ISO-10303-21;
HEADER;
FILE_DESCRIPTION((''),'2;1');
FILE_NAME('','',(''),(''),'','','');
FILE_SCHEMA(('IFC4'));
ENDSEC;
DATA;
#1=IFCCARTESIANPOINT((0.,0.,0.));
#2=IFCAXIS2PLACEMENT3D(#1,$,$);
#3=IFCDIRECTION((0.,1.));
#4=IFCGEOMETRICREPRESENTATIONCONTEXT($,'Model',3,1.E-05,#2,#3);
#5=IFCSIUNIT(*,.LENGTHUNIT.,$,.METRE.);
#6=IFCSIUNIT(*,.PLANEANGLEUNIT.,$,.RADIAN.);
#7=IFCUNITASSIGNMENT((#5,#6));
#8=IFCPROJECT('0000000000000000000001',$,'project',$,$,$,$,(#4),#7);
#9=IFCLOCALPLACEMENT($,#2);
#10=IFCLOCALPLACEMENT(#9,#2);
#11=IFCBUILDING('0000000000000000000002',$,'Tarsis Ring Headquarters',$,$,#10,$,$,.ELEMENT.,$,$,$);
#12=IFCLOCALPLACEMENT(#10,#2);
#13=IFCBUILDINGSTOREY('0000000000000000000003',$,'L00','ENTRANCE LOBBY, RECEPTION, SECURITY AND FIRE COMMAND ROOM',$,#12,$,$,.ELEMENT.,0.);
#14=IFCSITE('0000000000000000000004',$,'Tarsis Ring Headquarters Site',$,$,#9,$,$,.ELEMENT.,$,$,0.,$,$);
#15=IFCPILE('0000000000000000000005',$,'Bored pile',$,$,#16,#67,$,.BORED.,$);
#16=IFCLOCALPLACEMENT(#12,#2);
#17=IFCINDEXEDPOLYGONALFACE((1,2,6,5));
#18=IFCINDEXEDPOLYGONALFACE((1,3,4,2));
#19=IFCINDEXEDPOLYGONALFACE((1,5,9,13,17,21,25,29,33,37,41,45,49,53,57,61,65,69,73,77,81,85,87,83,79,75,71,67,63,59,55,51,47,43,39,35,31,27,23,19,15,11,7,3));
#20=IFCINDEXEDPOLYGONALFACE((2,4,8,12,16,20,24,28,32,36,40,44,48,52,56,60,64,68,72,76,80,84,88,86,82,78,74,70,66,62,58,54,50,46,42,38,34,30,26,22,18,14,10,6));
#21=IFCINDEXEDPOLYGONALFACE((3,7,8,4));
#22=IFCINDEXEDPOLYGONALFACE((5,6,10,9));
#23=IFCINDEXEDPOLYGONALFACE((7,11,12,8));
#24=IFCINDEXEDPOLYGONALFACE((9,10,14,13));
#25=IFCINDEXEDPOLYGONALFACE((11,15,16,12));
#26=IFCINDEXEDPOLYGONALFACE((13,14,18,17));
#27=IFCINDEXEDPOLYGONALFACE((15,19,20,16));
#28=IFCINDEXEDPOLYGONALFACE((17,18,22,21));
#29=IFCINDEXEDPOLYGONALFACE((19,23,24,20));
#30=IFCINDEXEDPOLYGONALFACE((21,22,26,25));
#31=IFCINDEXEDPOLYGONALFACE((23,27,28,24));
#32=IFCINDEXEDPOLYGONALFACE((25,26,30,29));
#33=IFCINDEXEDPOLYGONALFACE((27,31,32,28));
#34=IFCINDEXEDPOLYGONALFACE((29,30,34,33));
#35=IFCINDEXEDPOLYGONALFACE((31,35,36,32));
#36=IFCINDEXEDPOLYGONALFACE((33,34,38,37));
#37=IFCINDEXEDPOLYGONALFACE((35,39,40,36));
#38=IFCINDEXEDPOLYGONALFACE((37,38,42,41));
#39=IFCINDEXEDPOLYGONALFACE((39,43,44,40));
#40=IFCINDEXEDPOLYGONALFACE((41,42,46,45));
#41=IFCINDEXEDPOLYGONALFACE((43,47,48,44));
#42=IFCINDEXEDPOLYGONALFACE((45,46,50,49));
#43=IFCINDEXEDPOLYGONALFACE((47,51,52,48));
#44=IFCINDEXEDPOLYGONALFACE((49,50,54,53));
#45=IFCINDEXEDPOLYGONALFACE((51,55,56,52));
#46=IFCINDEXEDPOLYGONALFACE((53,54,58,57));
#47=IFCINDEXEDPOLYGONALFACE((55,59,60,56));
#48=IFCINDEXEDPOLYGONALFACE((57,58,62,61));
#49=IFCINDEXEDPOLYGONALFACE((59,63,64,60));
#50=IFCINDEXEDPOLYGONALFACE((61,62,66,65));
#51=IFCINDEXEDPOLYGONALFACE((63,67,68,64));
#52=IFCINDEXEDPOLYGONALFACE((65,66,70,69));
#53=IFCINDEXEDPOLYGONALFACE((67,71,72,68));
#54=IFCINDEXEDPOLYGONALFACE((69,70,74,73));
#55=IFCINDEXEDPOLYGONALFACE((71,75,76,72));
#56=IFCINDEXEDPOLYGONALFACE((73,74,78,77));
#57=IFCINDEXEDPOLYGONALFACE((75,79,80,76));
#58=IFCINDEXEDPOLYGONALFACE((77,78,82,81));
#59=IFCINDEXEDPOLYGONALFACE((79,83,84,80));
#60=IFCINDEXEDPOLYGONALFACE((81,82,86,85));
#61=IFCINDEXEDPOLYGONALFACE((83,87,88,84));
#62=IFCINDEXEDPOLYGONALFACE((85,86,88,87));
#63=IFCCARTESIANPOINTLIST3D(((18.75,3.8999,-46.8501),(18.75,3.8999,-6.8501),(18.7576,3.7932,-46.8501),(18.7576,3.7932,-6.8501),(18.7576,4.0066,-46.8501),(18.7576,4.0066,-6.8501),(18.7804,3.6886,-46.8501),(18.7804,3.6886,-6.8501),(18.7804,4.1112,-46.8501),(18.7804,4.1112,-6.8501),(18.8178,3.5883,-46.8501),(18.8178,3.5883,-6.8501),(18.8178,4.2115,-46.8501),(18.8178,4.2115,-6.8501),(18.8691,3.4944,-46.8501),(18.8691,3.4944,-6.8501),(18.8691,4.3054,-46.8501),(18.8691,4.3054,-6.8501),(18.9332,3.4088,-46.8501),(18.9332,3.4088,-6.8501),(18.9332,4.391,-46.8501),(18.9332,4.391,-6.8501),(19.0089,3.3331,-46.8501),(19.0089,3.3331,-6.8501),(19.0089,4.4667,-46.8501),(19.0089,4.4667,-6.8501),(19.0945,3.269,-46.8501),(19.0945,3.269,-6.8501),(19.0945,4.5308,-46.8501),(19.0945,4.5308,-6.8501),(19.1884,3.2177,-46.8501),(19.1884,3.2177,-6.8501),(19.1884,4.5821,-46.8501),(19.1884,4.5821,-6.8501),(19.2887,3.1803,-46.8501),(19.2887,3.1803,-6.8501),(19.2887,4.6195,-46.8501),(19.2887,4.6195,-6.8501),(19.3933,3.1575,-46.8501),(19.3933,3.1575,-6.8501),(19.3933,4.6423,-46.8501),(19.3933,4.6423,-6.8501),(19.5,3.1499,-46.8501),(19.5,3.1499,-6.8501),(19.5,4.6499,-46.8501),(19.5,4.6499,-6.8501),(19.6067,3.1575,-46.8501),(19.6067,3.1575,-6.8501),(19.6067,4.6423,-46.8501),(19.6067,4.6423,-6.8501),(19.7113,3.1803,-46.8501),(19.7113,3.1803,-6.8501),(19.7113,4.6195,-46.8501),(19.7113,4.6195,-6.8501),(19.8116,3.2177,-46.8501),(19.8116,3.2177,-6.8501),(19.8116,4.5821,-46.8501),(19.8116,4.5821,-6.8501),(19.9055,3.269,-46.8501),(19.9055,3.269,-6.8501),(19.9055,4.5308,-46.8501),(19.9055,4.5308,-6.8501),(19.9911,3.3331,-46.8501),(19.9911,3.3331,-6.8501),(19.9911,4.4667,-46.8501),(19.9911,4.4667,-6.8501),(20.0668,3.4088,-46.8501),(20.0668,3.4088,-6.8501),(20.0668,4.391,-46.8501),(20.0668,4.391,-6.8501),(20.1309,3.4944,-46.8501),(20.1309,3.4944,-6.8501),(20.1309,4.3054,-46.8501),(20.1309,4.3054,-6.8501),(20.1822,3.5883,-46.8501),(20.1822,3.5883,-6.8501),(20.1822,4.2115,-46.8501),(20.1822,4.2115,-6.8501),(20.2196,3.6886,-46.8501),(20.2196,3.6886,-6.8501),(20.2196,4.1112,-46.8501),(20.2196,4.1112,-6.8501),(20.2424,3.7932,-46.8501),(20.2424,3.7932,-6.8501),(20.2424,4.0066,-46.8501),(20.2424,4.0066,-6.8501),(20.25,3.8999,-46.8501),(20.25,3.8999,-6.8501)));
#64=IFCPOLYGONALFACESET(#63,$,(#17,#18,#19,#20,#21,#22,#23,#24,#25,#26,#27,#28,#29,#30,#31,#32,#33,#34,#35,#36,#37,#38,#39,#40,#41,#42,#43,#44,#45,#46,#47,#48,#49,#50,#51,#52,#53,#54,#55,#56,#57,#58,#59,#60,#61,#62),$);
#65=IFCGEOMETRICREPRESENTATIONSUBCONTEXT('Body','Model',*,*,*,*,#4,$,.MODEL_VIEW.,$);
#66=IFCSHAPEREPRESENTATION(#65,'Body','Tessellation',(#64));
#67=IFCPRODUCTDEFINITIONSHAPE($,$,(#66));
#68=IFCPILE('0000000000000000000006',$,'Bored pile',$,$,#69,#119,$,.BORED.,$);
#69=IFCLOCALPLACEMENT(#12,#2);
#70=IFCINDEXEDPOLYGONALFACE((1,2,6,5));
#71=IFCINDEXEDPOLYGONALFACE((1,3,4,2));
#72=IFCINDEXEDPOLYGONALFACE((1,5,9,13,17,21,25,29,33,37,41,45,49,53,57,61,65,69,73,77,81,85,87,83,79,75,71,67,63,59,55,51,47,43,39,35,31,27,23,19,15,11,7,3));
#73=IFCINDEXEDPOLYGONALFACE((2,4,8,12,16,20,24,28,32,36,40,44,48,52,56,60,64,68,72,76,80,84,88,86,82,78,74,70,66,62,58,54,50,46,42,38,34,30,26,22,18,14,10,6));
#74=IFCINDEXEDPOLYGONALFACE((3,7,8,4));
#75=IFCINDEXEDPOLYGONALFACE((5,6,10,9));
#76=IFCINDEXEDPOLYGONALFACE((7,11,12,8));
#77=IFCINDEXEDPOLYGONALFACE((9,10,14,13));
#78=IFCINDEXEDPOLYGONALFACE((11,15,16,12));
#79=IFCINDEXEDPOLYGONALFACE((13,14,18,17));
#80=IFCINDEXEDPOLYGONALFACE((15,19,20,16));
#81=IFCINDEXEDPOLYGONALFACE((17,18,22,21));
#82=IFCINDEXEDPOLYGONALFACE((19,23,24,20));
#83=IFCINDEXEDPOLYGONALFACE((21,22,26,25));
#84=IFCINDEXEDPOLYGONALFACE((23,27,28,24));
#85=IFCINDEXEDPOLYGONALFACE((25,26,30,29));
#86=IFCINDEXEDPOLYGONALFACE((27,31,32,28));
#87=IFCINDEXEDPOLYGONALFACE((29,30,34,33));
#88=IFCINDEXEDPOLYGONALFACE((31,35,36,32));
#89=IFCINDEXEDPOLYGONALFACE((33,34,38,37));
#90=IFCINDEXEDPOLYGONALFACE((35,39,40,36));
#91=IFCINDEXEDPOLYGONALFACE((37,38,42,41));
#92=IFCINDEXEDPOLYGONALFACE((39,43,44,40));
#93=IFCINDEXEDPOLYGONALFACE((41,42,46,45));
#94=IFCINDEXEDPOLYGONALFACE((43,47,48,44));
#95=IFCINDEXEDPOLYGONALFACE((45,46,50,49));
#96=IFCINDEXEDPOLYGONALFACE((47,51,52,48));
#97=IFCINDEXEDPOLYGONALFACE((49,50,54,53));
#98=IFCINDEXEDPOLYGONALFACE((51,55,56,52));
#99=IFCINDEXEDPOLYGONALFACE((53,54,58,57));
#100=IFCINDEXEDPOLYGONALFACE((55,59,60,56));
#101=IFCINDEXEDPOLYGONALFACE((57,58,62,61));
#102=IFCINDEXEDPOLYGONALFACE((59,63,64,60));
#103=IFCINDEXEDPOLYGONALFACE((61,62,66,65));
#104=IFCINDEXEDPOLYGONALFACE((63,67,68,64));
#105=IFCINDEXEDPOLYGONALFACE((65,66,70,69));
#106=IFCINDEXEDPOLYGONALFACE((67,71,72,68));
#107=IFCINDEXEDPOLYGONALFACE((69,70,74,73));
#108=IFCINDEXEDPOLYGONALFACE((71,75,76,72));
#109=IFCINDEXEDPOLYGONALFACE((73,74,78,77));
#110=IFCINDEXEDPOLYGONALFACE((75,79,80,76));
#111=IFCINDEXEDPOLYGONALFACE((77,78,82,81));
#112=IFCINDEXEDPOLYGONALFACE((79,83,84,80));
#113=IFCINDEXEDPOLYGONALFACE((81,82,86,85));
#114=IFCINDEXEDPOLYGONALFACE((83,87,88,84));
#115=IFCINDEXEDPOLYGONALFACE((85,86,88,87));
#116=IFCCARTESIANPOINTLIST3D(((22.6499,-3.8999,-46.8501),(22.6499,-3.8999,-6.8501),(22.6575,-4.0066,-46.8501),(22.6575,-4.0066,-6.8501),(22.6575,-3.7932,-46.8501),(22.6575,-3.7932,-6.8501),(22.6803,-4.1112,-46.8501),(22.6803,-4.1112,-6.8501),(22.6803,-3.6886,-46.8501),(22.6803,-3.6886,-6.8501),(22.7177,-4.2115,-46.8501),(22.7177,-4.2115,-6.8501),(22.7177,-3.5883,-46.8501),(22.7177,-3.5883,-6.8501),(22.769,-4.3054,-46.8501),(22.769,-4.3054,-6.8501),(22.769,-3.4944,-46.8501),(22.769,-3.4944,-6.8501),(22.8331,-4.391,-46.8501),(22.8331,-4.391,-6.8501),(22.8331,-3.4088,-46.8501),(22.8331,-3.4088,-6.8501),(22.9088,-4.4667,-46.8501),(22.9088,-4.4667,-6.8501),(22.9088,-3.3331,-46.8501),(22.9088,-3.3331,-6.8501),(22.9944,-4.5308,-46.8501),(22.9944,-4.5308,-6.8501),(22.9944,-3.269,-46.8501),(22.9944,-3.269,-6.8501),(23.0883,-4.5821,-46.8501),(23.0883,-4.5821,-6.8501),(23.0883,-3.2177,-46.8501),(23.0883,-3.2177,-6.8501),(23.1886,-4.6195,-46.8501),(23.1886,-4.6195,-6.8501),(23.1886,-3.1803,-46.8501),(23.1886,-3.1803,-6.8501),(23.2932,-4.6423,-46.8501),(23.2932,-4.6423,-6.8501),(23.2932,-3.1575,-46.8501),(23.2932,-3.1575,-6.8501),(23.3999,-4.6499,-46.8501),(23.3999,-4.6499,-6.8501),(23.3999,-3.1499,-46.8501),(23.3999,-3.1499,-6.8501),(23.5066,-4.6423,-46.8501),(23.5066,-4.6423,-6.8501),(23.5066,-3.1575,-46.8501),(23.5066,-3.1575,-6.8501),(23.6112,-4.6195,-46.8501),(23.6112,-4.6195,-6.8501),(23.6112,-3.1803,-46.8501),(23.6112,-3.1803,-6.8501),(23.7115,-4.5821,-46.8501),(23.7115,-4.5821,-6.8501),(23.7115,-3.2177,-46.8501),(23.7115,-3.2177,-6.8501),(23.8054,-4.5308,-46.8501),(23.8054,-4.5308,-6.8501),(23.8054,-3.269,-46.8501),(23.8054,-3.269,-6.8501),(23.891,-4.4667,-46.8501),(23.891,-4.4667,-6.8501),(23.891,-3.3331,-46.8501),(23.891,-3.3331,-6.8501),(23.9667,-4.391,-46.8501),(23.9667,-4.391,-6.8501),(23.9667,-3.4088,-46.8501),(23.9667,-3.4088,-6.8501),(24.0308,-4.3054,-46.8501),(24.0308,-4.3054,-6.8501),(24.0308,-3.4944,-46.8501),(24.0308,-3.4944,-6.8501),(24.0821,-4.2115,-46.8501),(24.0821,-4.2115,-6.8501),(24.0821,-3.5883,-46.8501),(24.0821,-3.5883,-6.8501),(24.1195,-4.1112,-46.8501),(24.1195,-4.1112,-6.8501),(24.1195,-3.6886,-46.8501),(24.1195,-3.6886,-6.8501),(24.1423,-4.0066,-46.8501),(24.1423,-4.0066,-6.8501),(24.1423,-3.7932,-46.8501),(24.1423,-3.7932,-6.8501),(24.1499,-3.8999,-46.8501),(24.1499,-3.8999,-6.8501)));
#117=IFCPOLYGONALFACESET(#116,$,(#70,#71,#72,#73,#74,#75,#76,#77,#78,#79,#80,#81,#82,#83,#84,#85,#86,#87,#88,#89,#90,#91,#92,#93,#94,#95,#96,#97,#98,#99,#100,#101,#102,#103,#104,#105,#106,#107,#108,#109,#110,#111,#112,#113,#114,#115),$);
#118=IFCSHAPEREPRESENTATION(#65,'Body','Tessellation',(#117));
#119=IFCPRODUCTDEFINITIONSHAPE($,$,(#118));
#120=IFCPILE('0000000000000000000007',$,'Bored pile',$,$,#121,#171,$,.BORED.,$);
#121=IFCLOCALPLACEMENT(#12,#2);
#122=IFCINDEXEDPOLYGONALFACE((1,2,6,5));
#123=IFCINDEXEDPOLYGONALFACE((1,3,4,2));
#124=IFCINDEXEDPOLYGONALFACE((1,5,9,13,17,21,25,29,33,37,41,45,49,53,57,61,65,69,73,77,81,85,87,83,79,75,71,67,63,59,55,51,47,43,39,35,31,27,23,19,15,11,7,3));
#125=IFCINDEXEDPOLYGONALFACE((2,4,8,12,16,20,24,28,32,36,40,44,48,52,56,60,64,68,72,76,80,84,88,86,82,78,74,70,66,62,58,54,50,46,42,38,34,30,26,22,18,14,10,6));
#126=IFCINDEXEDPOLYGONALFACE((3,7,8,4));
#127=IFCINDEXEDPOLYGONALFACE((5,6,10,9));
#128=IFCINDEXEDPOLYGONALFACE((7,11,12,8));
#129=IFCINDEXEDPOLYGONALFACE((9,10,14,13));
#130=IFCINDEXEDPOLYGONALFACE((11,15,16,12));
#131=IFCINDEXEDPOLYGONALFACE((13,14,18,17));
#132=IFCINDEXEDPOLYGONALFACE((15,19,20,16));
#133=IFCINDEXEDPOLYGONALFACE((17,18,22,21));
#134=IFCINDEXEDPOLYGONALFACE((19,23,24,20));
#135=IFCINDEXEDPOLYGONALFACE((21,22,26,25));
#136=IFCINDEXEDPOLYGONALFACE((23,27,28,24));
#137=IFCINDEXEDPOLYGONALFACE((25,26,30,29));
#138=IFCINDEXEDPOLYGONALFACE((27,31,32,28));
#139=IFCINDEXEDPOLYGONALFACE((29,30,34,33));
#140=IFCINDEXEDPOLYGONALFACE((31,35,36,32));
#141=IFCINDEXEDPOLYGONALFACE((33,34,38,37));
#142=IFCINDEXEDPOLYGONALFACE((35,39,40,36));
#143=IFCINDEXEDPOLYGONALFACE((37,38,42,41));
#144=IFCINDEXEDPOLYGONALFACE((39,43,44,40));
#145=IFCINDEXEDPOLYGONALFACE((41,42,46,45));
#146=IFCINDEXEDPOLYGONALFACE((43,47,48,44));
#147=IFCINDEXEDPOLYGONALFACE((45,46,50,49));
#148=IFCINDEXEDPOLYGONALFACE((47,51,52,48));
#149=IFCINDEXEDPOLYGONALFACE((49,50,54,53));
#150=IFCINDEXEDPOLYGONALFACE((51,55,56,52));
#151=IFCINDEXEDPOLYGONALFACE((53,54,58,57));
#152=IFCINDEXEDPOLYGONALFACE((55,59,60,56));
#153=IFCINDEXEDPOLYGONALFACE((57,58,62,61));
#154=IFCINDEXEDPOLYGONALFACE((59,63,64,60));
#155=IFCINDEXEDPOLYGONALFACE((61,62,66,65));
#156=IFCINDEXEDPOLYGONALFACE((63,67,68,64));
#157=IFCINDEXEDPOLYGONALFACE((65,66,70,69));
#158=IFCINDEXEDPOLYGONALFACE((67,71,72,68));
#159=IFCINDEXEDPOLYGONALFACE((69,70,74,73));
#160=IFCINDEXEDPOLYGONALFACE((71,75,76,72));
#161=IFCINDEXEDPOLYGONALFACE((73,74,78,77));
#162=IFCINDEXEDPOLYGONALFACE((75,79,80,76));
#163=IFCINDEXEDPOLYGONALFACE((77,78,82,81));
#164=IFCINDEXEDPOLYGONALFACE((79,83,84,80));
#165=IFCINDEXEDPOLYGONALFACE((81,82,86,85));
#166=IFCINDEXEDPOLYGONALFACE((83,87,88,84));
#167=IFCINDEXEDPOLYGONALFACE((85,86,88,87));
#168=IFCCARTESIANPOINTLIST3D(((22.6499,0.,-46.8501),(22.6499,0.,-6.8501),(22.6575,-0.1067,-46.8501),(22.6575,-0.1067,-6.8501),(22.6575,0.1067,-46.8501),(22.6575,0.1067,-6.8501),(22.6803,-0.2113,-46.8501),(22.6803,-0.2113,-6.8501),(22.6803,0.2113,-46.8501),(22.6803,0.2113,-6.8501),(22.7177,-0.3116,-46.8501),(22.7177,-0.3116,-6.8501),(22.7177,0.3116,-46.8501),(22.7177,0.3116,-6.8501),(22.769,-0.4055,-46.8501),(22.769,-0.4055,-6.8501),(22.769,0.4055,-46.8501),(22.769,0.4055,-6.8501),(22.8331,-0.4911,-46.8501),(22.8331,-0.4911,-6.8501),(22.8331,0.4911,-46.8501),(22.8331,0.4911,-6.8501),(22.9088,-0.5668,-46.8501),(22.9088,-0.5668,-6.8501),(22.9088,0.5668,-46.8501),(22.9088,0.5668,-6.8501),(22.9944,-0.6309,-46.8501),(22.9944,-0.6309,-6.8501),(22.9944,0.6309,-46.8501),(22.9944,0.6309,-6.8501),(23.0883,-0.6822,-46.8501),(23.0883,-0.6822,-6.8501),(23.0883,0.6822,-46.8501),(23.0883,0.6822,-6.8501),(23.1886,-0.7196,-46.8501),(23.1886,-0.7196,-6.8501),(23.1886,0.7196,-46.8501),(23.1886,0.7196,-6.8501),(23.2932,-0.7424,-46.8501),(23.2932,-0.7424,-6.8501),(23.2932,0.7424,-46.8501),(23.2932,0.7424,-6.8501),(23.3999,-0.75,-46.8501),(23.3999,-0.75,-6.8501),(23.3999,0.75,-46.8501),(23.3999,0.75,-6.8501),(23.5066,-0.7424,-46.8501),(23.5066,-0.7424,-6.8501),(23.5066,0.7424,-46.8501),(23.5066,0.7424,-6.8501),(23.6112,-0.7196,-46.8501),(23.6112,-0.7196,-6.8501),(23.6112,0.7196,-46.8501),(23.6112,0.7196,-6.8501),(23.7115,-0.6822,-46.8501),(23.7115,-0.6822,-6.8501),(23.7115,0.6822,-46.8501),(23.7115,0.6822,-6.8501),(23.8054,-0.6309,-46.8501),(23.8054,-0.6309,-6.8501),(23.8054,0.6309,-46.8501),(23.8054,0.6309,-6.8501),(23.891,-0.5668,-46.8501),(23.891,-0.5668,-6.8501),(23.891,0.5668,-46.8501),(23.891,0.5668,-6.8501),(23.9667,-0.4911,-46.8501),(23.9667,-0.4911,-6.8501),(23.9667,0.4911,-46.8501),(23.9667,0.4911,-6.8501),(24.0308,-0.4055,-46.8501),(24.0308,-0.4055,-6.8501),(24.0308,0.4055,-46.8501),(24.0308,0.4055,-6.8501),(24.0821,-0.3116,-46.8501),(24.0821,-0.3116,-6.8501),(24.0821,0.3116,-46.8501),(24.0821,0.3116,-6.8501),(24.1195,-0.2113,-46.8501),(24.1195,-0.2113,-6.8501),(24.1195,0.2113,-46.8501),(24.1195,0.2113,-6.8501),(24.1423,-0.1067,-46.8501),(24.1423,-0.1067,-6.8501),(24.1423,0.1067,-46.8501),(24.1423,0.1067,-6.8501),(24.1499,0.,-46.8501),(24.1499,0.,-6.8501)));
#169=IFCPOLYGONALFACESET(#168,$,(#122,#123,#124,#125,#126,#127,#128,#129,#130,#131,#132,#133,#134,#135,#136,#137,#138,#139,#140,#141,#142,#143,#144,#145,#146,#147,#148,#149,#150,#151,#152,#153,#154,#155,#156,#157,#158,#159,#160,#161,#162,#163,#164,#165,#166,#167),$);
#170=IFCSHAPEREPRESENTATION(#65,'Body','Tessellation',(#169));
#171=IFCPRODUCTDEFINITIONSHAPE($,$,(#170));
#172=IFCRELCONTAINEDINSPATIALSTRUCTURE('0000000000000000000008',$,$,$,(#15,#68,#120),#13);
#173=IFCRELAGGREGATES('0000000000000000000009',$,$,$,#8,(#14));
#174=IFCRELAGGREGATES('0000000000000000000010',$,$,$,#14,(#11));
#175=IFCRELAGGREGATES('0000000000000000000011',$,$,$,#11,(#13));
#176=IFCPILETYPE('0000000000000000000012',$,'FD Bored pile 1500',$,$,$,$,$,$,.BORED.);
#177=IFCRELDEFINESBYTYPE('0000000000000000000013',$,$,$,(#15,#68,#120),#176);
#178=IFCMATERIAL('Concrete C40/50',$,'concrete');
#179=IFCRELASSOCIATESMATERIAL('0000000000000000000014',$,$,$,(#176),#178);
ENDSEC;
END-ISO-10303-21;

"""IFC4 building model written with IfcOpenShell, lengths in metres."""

from ifc_helpers import new_model, si_unit, direction, frame, origin, origin_2d, place, context, subcontext, project, spatial, circle, extrude, material, material_profile, profile_set, type_object, element, save


model = new_model("IFC4")

# Units and contexts
model_context = context("Model", 3, precision=1e-05, world=origin(), true_north=direction((0.0, 1.0)))
body_context = subcontext(model_context, "Body", "Model", "MODEL_VIEW")
ifc_project = project(units=[si_unit("LENGTHUNIT", "METRE"), si_unit("PLANEANGLEUNIT", "RADIAN")], contexts=[model_context])

# Site, building, storey
site_placement = place(None, origin())
site = spatial("IfcSite", under=ifc_project, at=site_placement, Name="Tarsis Ring Headquarters Site", CompositionType="ELEMENT", RefElevation=0.0)
building_placement = place(site_placement, origin())
building = spatial("IfcBuilding", under=site, at=building_placement, Name="Tarsis Ring Headquarters", CompositionType="ELEMENT")
storey_placement = place(building_placement, origin())
storey = spatial("IfcBuildingStorey", under=building, at=storey_placement, Name="L00", Description="ENTRANCE LOBBY, RECEPTION, SECURITY AND FIRE COMMAND ROOM", CompositionType="ELEMENT", Elevation=0.0)

# Piles
ifc_material_1 = material(Name="Concrete C40/50", Category="concrete")
ifc_material_profile_1 = material_profile(ifc_material_1, circle(Radius=0.75, at=origin_2d()), Name="BORED 1500")
ifc_profile_set_1 = profile_set([ifc_material_profile_1], Name="Concrete C40/50")
pile_type = type_object("IfcPileType", Name="FD Bored pile 1500", PredefinedType="BORED", material=ifc_profile_set_1)
for number, where, z_axis, x_axis, name in (
    (1, (19.5, 3.8999, -6.8501), (0.0, 0.0, -1.0), (1.0, 0.0, 0.0), "Bored pile"),
    (2, (23.3999, -3.8999, -6.8501), (0.0, 0.0, -1.0), (1.0, 0.0, 0.0), "Bored pile"),
    (3, (23.3999, 0.0, -6.8501), (0.0, 0.0, -1.0), (1.0, 0.0, 0.0), "Bored pile"),
):
    element("IfcPile", number, at=place(storey_placement, frame(where, z_axis=z_axis, x_axis=x_axis)), inside=storey, type_object=pile_type, Name=name, PredefinedType="BORED", context=body_context, shape_type="SweptSolid", body=[
        extrude(circle(Radius=0.75, at=origin_2d()), origin(), (0.0, 0.0, 1.0), 40.0),
    ])

save(model, "model.ifc")
